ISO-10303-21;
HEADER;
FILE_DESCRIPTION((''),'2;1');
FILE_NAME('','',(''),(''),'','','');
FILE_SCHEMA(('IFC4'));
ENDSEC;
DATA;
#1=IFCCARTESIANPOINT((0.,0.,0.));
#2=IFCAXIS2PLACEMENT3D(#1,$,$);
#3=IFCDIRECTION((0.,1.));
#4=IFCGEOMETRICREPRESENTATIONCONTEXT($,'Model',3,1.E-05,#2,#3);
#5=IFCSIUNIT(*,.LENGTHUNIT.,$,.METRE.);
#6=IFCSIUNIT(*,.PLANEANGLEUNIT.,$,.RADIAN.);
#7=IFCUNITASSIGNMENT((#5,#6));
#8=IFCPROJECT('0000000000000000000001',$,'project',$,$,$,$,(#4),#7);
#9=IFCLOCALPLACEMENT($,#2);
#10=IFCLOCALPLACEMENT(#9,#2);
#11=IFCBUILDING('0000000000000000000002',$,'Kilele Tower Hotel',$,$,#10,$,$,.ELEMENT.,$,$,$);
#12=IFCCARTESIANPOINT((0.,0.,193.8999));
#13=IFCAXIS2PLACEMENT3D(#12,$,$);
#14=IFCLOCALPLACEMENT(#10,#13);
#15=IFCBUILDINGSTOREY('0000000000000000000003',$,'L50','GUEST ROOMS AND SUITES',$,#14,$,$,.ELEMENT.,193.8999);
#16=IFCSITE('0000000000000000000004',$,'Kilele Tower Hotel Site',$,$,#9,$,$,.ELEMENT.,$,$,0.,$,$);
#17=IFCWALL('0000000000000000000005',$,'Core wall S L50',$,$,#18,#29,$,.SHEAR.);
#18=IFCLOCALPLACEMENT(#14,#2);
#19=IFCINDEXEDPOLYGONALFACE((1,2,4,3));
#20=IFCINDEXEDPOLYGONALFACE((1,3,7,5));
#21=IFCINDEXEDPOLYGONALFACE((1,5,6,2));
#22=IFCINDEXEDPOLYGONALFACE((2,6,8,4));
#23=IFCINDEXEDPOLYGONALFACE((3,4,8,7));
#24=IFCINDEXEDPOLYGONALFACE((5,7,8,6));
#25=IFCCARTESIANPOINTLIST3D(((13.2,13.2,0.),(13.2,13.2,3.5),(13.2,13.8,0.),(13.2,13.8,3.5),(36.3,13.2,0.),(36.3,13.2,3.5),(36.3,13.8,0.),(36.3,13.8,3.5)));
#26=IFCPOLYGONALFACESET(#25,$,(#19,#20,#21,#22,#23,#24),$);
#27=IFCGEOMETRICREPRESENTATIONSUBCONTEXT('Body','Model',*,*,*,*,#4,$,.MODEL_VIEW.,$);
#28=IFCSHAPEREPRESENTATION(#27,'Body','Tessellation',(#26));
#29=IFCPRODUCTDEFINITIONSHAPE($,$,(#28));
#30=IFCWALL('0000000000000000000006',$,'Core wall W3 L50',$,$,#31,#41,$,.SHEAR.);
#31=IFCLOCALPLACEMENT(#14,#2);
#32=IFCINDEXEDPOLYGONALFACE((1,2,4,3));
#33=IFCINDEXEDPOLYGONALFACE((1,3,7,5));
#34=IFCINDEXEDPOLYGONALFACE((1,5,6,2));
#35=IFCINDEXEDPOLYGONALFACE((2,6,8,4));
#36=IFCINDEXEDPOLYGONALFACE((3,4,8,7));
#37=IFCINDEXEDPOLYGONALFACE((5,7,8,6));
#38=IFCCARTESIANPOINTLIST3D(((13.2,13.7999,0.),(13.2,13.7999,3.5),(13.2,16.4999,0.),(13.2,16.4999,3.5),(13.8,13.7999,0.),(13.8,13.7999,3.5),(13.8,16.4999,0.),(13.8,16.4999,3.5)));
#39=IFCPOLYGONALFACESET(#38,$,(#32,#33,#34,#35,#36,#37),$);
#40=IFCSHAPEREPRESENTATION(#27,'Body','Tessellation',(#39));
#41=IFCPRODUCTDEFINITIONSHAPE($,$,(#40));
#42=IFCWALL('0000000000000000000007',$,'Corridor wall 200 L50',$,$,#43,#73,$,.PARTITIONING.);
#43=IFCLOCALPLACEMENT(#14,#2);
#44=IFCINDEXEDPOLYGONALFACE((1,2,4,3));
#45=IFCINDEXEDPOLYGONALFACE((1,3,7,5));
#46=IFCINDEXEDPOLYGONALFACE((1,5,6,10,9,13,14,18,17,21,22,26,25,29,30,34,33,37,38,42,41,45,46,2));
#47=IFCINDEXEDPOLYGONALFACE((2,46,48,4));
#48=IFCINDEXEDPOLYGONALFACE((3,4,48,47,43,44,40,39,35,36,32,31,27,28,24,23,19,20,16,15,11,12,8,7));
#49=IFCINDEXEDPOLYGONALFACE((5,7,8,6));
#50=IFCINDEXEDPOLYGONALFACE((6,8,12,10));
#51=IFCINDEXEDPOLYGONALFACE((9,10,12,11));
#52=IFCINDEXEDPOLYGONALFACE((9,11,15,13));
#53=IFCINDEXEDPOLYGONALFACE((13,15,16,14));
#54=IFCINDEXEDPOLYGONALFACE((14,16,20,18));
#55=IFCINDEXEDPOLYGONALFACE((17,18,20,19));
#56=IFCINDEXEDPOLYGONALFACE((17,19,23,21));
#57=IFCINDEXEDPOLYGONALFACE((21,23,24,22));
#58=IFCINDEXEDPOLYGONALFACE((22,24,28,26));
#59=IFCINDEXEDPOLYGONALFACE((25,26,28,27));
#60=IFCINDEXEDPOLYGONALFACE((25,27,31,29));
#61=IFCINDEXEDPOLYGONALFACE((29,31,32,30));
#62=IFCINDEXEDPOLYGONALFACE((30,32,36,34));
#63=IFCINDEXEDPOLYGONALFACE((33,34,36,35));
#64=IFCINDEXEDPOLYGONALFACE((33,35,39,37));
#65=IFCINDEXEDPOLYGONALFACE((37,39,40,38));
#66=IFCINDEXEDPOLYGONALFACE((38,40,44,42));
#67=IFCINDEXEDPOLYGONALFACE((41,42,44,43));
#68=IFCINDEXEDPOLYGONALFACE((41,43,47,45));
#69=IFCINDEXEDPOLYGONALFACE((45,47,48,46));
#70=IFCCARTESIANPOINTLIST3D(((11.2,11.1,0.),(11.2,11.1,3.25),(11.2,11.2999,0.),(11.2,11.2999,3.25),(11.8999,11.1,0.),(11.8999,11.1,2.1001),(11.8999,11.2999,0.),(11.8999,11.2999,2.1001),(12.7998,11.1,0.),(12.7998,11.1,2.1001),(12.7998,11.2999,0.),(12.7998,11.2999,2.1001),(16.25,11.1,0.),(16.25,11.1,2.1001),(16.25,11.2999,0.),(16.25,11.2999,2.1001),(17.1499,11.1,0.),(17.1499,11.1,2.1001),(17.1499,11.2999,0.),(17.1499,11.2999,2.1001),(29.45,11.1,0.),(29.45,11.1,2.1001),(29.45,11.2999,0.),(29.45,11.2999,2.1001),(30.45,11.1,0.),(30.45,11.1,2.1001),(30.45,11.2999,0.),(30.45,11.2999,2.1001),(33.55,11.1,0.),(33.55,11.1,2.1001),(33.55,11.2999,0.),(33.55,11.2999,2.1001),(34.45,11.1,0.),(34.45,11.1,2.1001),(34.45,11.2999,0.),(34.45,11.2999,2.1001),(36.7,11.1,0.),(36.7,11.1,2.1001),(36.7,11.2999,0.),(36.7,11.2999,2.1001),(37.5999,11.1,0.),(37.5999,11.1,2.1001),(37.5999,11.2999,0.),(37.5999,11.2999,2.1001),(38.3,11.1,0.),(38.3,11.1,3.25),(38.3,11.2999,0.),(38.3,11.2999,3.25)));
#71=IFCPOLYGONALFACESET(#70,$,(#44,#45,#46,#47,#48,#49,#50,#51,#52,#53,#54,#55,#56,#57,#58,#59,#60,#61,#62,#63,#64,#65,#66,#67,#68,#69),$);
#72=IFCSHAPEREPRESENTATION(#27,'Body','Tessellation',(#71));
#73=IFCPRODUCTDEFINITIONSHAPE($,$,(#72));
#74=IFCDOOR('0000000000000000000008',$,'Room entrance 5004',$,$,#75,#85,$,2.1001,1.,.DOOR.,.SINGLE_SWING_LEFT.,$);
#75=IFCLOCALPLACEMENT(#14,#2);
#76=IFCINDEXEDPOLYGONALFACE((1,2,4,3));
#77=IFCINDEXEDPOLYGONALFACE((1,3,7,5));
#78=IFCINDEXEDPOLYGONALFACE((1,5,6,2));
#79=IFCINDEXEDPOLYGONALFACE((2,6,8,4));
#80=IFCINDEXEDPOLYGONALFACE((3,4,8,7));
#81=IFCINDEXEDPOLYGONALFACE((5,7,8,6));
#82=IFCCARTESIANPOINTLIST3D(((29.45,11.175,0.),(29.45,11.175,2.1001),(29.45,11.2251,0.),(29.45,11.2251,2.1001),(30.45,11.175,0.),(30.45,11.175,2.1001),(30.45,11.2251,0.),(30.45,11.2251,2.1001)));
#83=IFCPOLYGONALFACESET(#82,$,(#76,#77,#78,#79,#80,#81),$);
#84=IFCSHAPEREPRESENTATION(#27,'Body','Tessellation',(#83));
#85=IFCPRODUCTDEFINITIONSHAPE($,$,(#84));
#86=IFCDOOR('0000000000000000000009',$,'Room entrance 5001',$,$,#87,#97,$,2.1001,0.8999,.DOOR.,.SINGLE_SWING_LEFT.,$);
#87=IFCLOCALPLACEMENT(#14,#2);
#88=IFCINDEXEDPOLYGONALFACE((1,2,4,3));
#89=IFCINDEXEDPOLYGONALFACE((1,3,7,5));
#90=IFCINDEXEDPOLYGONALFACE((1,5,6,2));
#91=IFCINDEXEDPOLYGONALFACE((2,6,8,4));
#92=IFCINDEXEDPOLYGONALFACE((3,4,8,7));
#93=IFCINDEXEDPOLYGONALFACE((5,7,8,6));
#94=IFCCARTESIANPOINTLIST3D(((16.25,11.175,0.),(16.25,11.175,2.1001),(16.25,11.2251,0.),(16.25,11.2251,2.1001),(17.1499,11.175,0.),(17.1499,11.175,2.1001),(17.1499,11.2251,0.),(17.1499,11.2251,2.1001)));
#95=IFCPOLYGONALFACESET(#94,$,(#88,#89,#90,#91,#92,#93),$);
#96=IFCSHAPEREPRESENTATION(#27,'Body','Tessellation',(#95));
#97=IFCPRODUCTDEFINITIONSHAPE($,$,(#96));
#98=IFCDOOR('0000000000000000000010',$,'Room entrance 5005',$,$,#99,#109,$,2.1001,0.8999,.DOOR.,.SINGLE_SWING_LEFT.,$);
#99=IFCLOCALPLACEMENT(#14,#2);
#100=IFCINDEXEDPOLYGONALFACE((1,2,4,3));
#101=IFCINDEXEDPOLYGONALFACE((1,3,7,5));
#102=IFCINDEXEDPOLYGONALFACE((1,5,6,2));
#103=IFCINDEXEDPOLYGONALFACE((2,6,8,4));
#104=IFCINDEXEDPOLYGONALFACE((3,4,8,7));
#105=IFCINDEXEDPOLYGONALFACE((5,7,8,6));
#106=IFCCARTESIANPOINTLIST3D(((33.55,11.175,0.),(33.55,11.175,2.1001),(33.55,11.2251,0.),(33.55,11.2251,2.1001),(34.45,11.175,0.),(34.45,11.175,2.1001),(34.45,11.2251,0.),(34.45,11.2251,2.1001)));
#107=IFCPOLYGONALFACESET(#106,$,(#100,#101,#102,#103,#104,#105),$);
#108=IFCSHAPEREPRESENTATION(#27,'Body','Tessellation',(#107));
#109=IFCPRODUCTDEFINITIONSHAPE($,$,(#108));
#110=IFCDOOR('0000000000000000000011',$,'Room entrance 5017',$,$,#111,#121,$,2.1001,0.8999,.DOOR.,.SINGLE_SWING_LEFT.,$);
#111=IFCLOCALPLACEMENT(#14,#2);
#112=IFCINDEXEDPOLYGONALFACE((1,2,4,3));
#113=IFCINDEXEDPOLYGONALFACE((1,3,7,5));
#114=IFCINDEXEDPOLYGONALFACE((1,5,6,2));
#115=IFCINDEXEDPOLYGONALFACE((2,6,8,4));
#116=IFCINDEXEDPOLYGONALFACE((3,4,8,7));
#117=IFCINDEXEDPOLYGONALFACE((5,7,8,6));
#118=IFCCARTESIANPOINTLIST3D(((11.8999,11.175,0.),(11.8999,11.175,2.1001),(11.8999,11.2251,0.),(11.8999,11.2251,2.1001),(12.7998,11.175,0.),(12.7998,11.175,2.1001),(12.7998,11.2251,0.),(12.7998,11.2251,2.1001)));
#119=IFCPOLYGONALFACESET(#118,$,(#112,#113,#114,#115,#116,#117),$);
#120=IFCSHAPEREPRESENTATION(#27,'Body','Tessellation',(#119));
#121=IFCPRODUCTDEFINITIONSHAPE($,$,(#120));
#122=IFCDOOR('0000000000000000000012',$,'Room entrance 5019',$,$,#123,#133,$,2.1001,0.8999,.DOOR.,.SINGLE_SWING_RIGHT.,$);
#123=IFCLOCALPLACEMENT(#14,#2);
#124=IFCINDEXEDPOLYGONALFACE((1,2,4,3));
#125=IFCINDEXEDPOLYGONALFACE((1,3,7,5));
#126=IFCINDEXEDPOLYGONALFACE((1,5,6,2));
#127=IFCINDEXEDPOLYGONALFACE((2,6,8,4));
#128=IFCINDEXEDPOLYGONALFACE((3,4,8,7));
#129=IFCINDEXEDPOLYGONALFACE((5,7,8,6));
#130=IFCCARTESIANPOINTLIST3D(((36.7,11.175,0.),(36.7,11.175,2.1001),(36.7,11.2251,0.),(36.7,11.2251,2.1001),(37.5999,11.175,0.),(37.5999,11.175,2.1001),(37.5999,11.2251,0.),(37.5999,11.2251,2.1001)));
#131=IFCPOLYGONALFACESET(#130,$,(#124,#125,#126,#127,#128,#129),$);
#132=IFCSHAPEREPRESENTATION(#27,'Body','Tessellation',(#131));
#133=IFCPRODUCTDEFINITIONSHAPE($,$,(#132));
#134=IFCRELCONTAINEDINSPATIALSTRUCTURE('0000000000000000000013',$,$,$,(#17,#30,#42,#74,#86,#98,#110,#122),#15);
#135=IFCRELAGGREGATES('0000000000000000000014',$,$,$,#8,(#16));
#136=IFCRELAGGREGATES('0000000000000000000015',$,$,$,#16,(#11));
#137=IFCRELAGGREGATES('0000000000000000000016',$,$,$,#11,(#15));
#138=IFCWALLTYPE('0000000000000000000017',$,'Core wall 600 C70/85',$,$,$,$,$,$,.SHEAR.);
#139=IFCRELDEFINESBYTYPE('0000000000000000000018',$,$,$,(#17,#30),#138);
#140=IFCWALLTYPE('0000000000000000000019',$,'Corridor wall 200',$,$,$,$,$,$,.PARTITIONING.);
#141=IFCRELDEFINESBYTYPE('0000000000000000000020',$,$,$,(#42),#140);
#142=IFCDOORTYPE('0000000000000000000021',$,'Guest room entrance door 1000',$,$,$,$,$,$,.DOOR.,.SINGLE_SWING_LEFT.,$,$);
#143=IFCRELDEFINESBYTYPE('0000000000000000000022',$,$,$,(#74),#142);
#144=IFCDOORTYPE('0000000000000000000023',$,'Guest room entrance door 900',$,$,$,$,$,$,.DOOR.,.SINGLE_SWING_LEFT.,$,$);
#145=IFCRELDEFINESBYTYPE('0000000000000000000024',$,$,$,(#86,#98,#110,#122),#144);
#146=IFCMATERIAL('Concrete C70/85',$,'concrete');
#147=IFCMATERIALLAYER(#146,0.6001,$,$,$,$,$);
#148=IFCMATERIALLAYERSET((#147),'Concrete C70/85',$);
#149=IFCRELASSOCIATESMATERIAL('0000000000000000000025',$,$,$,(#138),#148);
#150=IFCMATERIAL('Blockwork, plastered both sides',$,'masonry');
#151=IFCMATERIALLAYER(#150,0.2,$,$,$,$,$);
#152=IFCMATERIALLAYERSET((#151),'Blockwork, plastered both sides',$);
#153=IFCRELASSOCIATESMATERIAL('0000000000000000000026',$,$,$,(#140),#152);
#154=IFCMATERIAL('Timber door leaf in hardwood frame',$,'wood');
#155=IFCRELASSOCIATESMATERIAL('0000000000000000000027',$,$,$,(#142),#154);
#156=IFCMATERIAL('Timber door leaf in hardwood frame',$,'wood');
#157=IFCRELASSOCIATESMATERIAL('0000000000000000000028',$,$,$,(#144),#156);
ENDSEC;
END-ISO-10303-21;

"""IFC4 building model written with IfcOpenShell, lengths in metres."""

from ifc_helpers import new_model, si_unit, direction, frame, frame_2d, origin, place, context, subcontext, project, spatial, rectangle, extrude, material, layer, layer_set, type_object, element, fill, save


model = new_model("IFC4")

# Units and contexts
model_context = context("Model", 3, precision=1e-05, world=origin(), true_north=direction((0.0, 1.0)))
body_context = subcontext(model_context, "Body", "Model", "MODEL_VIEW")
ifc_project = project(units=[si_unit("LENGTHUNIT", "METRE"), si_unit("PLANEANGLEUNIT", "RADIAN")], contexts=[model_context])

# Site, building, storey
site_placement = place(None, origin())
site = spatial("IfcSite", under=ifc_project, at=site_placement, Name="Kilele Tower Hotel Site", CompositionType="ELEMENT", RefElevation=0.0)
building_placement = place(site_placement, origin())
building = spatial("IfcBuilding", under=site, at=building_placement, Name="Kilele Tower Hotel", CompositionType="ELEMENT")
storey_placement = place(building_placement, frame((0.0, 0.0, 193.8999)))
storey = spatial("IfcBuildingStorey", under=building, at=storey_placement, Name="L50", Description="GUEST ROOMS AND SUITES", CompositionType="ELEMENT", Elevation=193.8999)

# Walls
ifc_material_1 = material(Name="Concrete C70/85", Category="concrete")
ifc_layer_1 = layer(ifc_material_1, 0.6001)
ifc_layer_set_1 = layer_set([ifc_layer_1], Name="Concrete C70/85")
wall_type_1 = type_object("IfcWallType", Name="Core wall 600 C70/85", PredefinedType="SHEAR", material=ifc_layer_set_1)
wall_1_placement = place(storey_placement, frame((13.2, 13.5, 0.0), z_axis=(0.0, 0.0, 1.0), x_axis=(1.0, 0.0, 0.0)))
element("IfcWall", 1, at=wall_1_placement, inside=storey, type_object=wall_type_1, Name="Core wall S L50", PredefinedType="SHEAR", context=body_context, shape_type="SweptSolid", body=[
    extrude(rectangle(XDim=23.1001, YDim=0.6001, at=frame_2d((11.55, 0.0))), origin(), (0.0, 0.0, 1.0), 3.5),
])
wall_2_placement = place(storey_placement, frame((13.5, 16.5, 0.0), z_axis=(0.0, 0.0, 1.0), x_axis=(0.0, -1.0, 0.0)))
element("IfcWall", 2, at=wall_2_placement, inside=storey, type_object=wall_type_1, Name="Core wall W3 L50", PredefinedType="SHEAR", context=body_context, shape_type="SweptSolid", body=[
    extrude(rectangle(XDim=2.7, YDim=0.6001, at=frame_2d((1.3501, 0.0))), origin(), (0.0, 0.0, 1.0), 3.5),
])

# Wall, openings, doors
ifc_material_2 = material(Name="Blockwork, plastered both sides", Category="masonry")
ifc_layer_2 = layer(ifc_material_2, 0.2)
ifc_layer_set_2 = layer_set([ifc_layer_2], Name="Blockwork, plastered both sides")
wall_type_2 = type_object("IfcWallType", Name="Corridor wall 200", PredefinedType="PARTITIONING", material=ifc_layer_set_2)
wall_3_placement = place(storey_placement, frame((11.2, 11.2, 0.0), z_axis=(0.0, 0.0, 1.0), x_axis=(1.0, 0.0, 0.0)))
wall_3 = element("IfcWall", 3, at=wall_3_placement, inside=storey, type_object=wall_type_2, Name="Corridor wall 200 L50", PredefinedType="PARTITIONING", context=body_context, shape_type="SweptSolid", body=[
    extrude(rectangle(XDim=27.1001, YDim=0.2, at=frame_2d((13.55, 0.0))), origin(), (0.0, 0.0, 1.0), 3.25),
])
opening_1_placement = place(wall_3_placement, frame((5.95, 0.0, 0.0), z_axis=(0.0, 0.0, 1.0), x_axis=(-1.0, 0.0, 0.0)))
opening_1 = element("IfcOpeningElement", 4, at=opening_1_placement, cuts=wall_3, PredefinedType="OPENING", context=body_context, shape_type="SweptSolid", body=[
    extrude(rectangle(XDim=0.8999, YDim=2.1001, at=frame_2d((0.45, 1.05))), frame((0.0, 0.1099, 0.0), z_axis=(0.0, -1.0, 0.0), x_axis=(1.0, 0.0, 0.0)), (0.0, 0.0, 1.0), 0.22),
])
opening_2_placement = place(wall_3_placement, frame((19.25, 0.0, 0.0), z_axis=(0.0, 0.0, 1.0), x_axis=(-1.0, 0.0, 0.0)))
opening_2 = element("IfcOpeningElement", 5, at=opening_2_placement, cuts=wall_3, PredefinedType="OPENING", context=body_context, shape_type="SweptSolid", body=[
    extrude(rectangle(XDim=1.0, YDim=2.1001, at=frame_2d((0.5, 1.05))), frame((0.0, 0.1099, 0.0), z_axis=(0.0, -1.0, 0.0), x_axis=(1.0, 0.0, 0.0)), (0.0, 0.0, 1.0), 0.22),
])
opening_3_placement = place(wall_3_placement, frame((23.25, 0.0, 0.0), z_axis=(0.0, 0.0, 1.0), x_axis=(-1.0, 0.0, 0.0)))
opening_3 = element("IfcOpeningElement", 6, at=opening_3_placement, cuts=wall_3, PredefinedType="OPENING", context=body_context, shape_type="SweptSolid", body=[
    extrude(rectangle(XDim=0.8999, YDim=2.1001, at=frame_2d((0.45, 1.05))), frame((0.0, 0.1099, 0.0), z_axis=(0.0, -1.0, 0.0), x_axis=(1.0, 0.0, 0.0)), (0.0, 0.0, 1.0), 0.22),
])
opening_4_placement = place(wall_3_placement, frame((1.5999, 0.0, 0.0), z_axis=(0.0, 0.0, 1.0), x_axis=(-1.0, 0.0, 0.0)))
opening_4 = element("IfcOpeningElement", 7, at=opening_4_placement, cuts=wall_3, PredefinedType="OPENING", context=body_context, shape_type="SweptSolid", body=[
    extrude(rectangle(XDim=0.8999, YDim=2.1001, at=frame_2d((0.45, 1.05))), frame((0.0, 0.1099, 0.0), z_axis=(0.0, -1.0, 0.0), x_axis=(1.0, 0.0, 0.0)), (0.0, 0.0, 1.0), 0.22),
])
opening_5_placement = place(wall_3_placement, frame((26.3999, 0.0, 0.0), z_axis=(0.0, 0.0, 1.0), x_axis=(-1.0, 0.0, 0.0)))
opening_5 = element("IfcOpeningElement", 8, at=opening_5_placement, cuts=wall_3, PredefinedType="OPENING", context=body_context, shape_type="SweptSolid", body=[
    extrude(rectangle(XDim=0.8999, YDim=2.1001, at=frame_2d((0.45, 1.05))), frame((0.0, 0.1099, 0.0), z_axis=(0.0, -1.0, 0.0), x_axis=(1.0, 0.0, 0.0)), (0.0, 0.0, 1.0), 0.22),
])
ifc_material_3 = material(Name="Timber door leaf in hardwood frame", Category="wood")
door_type_1 = type_object("IfcDoorType", Name="Guest room entrance door 1000", OperationType="SINGLE_SWING_LEFT", PredefinedType="DOOR", material=ifc_material_3)
door_1_placement = place(opening_2_placement, origin())
door_1 = element("IfcDoor", 9, at=door_1_placement, inside=storey, type_object=door_type_1, Name="Room entrance 5004", OperationType="SINGLE_SWING_LEFT", OverallHeight=2.1001, OverallWidth=1.0, PredefinedType="DOOR", context=body_context, shape_type="SweptSolid", body=[
    extrude(rectangle(XDim=1.0, YDim=2.1001, at=frame_2d((0.5, 1.05))), frame((0.0, 0.0249, 0.0), z_axis=(0.0, -1.0, 0.0), x_axis=(1.0, 0.0, 0.0)), (0.0, 0.0, 1.0), 0.05),
])
fill(opening_2, door_1)
ifc_material_4 = material(Name="Timber door leaf in hardwood frame", Category="wood")
door_type_2 = type_object("IfcDoorType", Name="Guest room entrance door 900", OperationType="SINGLE_SWING_LEFT", PredefinedType="DOOR", material=ifc_material_4)
door_2_placement = place(opening_1_placement, origin())
door_2 = element("IfcDoor", 10, at=door_2_placement, inside=storey, type_object=door_type_2, Name="Room entrance 5001", OperationType="SINGLE_SWING_LEFT", OverallHeight=2.1001, OverallWidth=0.8999, PredefinedType="DOOR", context=body_context, shape_type="SweptSolid", body=[
    extrude(rectangle(XDim=0.8999, YDim=2.1001, at=frame_2d((0.45, 1.05))), frame((0.0, 0.0249, 0.0), z_axis=(0.0, -1.0, 0.0), x_axis=(1.0, 0.0, 0.0)), (0.0, 0.0, 1.0), 0.05),
])
fill(opening_1, door_2)
door_3_placement = place(opening_3_placement, origin())
door_3 = element("IfcDoor", 11, at=door_3_placement, inside=storey, type_object=door_type_2, Name="Room entrance 5005", OperationType="SINGLE_SWING_LEFT", OverallHeight=2.1001, OverallWidth=0.8999, PredefinedType="DOOR", context=body_context, shape_type="SweptSolid", body=[
    extrude(rectangle(XDim=0.8999, YDim=2.1001, at=frame_2d((0.45, 1.05))), frame((0.0, 0.0249, 0.0), z_axis=(0.0, -1.0, 0.0), x_axis=(1.0, 0.0, 0.0)), (0.0, 0.0, 1.0), 0.05),
])
fill(opening_3, door_3)
door_4_placement = place(opening_4_placement, origin())
door_4 = element("IfcDoor", 12, at=door_4_placement, inside=storey, type_object=door_type_2, Name="Room entrance 5017", OperationType="SINGLE_SWING_LEFT", OverallHeight=2.1001, OverallWidth=0.8999, PredefinedType="DOOR", context=body_context, shape_type="SweptSolid", body=[
    extrude(rectangle(XDim=0.8999, YDim=2.1001, at=frame_2d((0.45, 1.05))), frame((0.0, 0.0249, 0.0), z_axis=(0.0, -1.0, 0.0), x_axis=(1.0, 0.0, 0.0)), (0.0, 0.0, 1.0), 0.05),
])
fill(opening_4, door_4)
door_5_placement = place(opening_5_placement, origin())
door_5 = element("IfcDoor", 13, at=door_5_placement, inside=storey, type_object=door_type_2, Name="Room entrance 5019", OperationType="SINGLE_SWING_RIGHT", OverallHeight=2.1001, OverallWidth=0.8999, PredefinedType="DOOR", context=body_context, shape_type="SweptSolid", body=[
    extrude(rectangle(XDim=0.8999, YDim=2.1001, at=frame_2d((0.45, 1.05))), frame((0.0, 0.0249, 0.0), z_axis=(0.0, -1.0, 0.0), x_axis=(1.0, 0.0, 0.0)), (0.0, 0.0, 1.0), 0.05),
])
fill(opening_5, door_5)

save(model, "model.ifc")
